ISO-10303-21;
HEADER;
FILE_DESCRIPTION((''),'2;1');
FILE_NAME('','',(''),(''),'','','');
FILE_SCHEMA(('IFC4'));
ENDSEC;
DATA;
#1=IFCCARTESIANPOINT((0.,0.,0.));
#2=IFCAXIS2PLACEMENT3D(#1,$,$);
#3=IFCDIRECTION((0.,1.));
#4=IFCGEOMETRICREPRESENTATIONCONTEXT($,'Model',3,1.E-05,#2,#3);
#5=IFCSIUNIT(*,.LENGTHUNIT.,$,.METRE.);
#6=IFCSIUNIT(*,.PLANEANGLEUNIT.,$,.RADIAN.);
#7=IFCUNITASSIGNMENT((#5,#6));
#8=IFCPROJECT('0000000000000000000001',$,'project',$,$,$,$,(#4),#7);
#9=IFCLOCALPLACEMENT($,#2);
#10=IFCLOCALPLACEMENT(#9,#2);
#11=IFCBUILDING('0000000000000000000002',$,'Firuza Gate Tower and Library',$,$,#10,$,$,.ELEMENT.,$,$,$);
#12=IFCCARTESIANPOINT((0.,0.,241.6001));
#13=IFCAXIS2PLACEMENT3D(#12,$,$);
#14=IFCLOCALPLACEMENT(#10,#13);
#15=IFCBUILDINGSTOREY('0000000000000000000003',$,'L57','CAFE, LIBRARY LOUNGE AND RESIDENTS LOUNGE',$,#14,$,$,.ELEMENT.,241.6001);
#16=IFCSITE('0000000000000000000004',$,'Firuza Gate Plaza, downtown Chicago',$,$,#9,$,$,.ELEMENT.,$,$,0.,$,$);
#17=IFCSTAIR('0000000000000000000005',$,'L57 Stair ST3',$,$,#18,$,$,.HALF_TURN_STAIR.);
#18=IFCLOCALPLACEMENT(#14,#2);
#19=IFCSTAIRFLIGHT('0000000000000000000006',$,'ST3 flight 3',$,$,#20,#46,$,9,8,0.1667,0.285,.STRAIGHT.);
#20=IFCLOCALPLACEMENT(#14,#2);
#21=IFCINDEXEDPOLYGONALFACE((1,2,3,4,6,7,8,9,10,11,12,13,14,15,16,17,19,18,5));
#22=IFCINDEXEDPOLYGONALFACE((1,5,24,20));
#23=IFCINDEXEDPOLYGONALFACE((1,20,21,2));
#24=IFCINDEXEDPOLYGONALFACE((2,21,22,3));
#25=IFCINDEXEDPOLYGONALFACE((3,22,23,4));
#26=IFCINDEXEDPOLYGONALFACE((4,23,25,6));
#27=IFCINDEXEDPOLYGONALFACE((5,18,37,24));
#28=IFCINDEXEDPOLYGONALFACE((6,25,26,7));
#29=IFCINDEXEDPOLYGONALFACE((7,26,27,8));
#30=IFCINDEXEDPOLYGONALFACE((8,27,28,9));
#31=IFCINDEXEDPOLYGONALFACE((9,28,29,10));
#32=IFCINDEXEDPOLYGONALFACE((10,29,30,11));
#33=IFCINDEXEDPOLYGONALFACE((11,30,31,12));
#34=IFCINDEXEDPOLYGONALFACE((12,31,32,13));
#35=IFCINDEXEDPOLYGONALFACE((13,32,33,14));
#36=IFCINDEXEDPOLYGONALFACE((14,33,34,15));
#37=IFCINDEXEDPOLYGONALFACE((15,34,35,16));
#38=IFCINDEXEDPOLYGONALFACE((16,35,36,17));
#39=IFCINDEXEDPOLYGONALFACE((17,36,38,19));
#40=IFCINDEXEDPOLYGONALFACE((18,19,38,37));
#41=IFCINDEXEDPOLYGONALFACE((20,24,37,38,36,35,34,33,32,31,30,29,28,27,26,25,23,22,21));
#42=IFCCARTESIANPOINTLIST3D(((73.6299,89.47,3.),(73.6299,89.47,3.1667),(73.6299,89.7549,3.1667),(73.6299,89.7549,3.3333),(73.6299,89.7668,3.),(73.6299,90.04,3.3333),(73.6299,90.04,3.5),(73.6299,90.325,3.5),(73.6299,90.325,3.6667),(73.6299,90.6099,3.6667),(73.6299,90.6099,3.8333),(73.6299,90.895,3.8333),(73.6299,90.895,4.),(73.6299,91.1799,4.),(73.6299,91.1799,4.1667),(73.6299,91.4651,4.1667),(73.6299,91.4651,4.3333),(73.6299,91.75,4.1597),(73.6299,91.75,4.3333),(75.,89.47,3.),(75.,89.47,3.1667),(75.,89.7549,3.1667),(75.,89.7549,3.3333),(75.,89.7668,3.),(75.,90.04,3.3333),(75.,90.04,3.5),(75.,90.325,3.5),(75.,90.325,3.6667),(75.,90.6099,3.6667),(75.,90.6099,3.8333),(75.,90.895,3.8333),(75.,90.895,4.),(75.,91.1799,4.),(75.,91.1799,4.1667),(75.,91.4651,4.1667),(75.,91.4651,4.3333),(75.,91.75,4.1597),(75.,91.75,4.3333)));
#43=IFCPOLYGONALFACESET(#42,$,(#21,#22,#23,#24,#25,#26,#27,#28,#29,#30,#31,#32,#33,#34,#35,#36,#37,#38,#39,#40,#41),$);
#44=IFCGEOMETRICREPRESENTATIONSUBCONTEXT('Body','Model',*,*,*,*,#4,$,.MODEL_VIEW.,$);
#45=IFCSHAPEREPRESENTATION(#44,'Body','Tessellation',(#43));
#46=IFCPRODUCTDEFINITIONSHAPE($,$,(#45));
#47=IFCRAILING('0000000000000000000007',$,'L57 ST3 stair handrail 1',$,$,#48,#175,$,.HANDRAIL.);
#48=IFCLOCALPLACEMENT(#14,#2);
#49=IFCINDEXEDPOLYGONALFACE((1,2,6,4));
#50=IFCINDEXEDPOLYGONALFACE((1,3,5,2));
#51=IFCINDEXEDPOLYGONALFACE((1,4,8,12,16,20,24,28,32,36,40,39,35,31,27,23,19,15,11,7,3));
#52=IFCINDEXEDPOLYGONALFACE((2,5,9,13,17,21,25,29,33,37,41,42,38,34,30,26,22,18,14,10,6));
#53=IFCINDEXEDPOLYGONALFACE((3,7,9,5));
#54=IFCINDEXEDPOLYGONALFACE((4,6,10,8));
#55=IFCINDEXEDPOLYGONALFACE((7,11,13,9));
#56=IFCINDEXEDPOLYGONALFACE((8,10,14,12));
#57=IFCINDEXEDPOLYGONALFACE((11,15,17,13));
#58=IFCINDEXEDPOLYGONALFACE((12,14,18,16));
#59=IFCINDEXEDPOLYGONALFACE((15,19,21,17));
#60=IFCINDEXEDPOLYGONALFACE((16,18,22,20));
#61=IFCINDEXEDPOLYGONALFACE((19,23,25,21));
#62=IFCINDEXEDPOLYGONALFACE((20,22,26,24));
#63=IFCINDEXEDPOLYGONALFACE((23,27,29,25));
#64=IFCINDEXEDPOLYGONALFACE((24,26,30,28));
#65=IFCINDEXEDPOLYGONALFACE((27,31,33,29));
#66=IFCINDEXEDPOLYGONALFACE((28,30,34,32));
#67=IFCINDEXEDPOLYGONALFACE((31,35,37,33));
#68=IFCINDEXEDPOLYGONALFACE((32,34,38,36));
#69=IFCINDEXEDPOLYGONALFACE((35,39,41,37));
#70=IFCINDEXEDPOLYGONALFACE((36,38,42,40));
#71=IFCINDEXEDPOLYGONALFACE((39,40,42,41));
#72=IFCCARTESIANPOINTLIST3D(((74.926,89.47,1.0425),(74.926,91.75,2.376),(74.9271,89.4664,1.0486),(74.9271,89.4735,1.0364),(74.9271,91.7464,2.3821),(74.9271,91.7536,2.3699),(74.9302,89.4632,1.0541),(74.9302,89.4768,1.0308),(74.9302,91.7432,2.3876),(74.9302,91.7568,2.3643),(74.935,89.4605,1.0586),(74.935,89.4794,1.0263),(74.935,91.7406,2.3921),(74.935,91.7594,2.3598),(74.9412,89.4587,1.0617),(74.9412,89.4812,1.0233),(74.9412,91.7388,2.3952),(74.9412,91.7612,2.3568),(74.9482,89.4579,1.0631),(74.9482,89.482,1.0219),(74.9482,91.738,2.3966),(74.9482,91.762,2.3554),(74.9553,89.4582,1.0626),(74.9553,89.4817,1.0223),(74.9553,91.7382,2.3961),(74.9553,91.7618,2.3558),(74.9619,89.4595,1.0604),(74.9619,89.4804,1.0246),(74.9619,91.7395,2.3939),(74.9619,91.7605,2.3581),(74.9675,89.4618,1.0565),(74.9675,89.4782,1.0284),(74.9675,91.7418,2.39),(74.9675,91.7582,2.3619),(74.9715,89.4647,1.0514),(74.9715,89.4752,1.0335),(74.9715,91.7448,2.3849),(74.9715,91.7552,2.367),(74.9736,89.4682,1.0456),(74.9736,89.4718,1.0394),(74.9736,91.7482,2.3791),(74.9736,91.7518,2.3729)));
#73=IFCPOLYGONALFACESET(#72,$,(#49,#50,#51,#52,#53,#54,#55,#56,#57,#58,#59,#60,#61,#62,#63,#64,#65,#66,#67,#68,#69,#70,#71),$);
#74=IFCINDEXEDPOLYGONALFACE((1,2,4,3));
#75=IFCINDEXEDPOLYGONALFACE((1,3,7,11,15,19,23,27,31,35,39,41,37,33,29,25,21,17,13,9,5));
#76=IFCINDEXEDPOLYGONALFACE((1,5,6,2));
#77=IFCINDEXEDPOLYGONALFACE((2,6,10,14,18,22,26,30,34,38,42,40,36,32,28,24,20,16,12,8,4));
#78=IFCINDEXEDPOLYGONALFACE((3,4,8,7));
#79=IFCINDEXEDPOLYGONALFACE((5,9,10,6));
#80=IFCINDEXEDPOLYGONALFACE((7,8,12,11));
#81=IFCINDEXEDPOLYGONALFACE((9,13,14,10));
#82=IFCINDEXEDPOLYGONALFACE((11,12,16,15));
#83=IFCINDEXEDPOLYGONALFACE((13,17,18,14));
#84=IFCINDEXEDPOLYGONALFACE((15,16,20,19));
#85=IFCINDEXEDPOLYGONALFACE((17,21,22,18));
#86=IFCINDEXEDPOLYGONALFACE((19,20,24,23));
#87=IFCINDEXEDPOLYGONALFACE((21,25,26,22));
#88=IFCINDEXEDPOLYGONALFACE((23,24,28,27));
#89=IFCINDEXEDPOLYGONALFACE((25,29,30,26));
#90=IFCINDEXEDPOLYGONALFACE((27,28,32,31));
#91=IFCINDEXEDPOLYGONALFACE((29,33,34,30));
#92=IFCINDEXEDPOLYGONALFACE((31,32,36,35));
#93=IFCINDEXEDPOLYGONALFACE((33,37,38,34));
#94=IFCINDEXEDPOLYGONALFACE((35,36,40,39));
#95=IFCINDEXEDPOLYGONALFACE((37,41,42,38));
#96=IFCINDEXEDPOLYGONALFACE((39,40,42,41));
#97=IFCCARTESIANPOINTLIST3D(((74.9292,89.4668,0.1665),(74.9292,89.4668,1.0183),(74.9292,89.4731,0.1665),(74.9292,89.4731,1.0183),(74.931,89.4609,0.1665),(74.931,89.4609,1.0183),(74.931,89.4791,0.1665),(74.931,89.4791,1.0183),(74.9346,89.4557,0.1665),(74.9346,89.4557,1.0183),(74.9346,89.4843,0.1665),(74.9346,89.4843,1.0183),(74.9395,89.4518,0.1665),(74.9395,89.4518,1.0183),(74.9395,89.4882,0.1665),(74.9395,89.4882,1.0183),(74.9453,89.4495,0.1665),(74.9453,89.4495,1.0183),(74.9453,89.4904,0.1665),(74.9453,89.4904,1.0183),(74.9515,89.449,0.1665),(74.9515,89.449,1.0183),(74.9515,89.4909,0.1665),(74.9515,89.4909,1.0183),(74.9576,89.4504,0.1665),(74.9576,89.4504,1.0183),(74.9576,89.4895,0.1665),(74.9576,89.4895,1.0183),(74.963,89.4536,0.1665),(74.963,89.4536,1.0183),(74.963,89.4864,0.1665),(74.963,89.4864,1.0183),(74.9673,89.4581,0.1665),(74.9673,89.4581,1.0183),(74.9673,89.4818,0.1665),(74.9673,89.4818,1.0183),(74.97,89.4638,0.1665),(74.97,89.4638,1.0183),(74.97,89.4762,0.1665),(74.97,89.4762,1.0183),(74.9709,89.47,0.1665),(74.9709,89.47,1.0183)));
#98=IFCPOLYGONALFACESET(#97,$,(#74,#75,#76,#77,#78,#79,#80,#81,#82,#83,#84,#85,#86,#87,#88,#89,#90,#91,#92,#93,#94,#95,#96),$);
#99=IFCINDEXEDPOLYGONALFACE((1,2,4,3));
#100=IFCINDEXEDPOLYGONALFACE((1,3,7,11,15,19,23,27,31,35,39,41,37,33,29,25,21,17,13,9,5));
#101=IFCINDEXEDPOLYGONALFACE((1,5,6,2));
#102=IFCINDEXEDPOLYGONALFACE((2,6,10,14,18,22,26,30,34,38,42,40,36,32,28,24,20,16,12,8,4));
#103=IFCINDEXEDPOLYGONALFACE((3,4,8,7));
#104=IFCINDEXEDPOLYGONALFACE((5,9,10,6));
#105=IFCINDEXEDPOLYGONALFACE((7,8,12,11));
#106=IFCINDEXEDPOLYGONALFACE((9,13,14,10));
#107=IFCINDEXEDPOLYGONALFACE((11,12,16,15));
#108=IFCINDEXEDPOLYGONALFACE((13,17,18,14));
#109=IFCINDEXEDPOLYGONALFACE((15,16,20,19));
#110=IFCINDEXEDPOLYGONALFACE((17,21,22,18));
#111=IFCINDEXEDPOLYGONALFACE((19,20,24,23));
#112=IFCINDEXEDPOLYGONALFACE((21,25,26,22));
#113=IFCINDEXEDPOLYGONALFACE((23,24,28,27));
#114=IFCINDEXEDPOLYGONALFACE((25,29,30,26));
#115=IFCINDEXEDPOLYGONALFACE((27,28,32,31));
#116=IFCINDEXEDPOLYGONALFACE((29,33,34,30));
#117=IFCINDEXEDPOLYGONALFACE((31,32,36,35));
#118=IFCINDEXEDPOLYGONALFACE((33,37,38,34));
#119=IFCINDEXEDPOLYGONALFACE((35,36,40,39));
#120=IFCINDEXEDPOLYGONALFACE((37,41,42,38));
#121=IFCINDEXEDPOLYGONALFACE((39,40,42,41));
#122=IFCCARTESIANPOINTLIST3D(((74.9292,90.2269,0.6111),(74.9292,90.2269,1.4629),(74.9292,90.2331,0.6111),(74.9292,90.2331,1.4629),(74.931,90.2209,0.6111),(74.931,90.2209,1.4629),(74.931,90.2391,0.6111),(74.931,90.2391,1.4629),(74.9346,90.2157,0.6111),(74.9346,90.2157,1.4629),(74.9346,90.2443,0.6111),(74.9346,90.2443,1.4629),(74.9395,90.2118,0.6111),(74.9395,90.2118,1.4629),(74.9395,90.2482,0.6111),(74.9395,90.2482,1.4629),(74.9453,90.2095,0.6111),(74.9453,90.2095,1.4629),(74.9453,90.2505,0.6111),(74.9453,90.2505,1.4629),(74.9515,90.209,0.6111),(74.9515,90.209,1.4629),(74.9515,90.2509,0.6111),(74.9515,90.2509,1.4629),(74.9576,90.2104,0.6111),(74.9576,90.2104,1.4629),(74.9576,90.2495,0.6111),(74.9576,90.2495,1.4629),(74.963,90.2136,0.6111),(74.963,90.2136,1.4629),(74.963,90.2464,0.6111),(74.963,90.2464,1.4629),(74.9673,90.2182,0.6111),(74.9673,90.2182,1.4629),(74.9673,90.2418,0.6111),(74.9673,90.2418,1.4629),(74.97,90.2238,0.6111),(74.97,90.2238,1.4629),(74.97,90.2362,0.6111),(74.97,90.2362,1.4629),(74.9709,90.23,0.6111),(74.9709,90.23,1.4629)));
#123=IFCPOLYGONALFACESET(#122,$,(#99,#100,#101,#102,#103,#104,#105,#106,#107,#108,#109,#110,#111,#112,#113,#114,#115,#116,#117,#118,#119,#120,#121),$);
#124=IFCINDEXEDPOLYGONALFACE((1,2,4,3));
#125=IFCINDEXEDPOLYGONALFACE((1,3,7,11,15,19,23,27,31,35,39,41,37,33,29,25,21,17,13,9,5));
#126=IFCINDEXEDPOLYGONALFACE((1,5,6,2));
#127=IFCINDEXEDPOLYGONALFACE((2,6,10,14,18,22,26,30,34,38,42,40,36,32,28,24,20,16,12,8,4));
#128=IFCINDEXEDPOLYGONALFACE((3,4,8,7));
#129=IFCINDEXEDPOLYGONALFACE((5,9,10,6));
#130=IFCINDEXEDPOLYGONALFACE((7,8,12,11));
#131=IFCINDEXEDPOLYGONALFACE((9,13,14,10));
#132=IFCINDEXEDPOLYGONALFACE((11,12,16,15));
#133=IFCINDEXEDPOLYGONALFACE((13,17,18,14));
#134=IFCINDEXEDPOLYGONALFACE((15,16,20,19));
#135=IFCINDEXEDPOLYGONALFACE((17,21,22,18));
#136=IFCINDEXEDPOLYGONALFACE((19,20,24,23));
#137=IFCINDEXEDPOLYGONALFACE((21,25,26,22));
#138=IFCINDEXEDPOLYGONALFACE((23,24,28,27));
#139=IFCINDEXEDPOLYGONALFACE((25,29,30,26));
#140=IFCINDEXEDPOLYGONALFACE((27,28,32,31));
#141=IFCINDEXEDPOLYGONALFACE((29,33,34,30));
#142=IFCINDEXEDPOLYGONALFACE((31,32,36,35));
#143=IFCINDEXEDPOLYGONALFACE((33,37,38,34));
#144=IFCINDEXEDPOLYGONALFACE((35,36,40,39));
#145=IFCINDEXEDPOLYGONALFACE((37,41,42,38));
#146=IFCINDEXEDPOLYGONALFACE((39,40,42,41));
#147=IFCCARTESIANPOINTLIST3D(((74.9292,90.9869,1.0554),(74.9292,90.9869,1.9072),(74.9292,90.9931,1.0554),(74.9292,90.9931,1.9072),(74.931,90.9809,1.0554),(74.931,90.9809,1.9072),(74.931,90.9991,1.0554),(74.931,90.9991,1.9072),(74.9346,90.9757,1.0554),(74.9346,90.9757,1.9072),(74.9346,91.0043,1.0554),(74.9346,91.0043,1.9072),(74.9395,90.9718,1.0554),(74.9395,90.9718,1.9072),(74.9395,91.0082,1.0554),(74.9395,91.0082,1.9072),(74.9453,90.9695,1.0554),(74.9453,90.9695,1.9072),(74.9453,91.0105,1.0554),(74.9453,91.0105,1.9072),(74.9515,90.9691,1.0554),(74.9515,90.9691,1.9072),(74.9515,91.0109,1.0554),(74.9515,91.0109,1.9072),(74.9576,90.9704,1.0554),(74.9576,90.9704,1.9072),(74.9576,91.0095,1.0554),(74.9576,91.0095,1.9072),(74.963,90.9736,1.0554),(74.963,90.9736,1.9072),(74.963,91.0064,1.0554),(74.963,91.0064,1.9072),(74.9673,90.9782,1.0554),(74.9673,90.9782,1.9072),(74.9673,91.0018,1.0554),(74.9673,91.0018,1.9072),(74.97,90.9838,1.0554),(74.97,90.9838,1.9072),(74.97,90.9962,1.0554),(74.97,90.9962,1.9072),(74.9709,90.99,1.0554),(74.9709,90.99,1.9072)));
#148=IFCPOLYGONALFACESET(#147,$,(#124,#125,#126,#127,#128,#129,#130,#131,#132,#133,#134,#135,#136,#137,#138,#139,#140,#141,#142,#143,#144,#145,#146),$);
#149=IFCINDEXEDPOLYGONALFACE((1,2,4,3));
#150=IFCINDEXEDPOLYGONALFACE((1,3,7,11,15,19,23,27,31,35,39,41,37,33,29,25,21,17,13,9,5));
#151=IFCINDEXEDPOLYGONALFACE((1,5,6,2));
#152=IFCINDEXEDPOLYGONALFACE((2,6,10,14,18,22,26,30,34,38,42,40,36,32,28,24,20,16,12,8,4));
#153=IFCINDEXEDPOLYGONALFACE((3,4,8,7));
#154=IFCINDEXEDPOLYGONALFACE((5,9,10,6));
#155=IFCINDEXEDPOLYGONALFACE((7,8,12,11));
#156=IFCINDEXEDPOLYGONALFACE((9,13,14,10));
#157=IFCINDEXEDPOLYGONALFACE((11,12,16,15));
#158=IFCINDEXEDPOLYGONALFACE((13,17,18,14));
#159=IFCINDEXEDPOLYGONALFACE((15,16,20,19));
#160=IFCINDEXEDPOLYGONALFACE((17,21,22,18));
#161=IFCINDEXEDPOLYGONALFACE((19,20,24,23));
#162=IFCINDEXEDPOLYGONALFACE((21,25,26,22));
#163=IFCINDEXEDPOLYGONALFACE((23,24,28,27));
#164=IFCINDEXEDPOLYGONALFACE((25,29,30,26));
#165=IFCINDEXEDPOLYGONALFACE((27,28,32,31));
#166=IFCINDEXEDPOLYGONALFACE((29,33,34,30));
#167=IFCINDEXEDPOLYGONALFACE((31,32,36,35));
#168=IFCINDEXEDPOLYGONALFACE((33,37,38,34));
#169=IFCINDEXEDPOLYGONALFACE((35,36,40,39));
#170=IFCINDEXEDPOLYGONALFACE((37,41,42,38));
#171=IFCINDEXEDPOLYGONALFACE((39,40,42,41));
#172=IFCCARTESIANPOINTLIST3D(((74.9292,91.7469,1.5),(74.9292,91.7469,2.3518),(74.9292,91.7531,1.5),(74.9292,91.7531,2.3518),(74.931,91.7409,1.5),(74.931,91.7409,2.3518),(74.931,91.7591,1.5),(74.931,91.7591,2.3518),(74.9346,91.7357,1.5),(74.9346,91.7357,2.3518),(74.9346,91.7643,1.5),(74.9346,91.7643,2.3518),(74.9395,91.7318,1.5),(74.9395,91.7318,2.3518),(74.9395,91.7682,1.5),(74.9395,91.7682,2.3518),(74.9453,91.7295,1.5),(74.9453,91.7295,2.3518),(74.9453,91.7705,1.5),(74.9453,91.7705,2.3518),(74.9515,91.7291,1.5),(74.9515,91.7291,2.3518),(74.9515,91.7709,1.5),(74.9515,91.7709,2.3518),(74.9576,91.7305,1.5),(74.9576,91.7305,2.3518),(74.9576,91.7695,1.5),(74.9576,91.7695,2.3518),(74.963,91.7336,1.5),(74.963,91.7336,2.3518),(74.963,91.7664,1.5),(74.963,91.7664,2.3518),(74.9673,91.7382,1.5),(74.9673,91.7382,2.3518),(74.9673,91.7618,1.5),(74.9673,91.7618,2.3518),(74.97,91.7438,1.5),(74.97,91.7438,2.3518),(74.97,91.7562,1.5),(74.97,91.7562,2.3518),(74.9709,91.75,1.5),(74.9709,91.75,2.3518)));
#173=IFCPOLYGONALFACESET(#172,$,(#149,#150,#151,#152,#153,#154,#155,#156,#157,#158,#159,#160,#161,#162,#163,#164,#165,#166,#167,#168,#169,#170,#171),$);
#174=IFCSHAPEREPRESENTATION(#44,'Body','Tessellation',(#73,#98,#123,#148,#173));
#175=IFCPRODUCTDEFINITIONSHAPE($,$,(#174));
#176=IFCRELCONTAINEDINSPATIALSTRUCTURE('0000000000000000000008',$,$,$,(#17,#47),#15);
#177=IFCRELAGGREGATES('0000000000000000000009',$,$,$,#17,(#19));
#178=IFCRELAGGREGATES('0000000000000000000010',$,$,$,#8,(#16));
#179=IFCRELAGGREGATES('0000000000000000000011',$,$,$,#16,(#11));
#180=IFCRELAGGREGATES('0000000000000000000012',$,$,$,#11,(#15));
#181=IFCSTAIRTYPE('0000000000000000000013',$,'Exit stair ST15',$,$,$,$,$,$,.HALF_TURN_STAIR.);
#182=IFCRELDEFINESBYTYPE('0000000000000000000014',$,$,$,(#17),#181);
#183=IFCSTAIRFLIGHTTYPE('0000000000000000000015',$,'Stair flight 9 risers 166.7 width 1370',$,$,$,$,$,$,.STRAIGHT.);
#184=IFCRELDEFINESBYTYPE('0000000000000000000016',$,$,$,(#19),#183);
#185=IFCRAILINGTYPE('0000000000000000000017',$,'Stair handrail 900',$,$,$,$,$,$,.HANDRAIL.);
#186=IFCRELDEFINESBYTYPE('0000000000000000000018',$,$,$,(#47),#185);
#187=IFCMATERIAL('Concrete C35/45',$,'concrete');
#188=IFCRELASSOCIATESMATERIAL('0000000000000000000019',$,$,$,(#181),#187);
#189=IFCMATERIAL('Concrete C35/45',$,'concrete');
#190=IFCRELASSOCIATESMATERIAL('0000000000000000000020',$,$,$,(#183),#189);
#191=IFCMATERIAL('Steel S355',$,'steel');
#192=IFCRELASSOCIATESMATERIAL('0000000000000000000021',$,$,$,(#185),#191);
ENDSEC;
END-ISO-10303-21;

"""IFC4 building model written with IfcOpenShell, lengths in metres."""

from ifc_helpers import new_model, si_unit, direction, frame, origin, origin_2d, place, context, subcontext, project, spatial, polyline, circle, outline, extrude, material, type_object, element, aggregate, save


model = new_model("IFC4")

# Units and contexts
model_context = context("Model", 3, precision=1e-05, world=origin(), true_north=direction((0.0, 1.0)))
body_context = subcontext(model_context, "Body", "Model", "MODEL_VIEW")
ifc_project = project(units=[si_unit("LENGTHUNIT", "METRE"), si_unit("PLANEANGLEUNIT", "RADIAN")], contexts=[model_context])

# Site, building, storey
site_placement = place(None, origin())
site = spatial("IfcSite", under=ifc_project, at=site_placement, Name="Firuza Gate Plaza, downtown Chicago", CompositionType="ELEMENT", RefElevation=0.0)
building_placement = place(site_placement, origin())
building = spatial("IfcBuilding", under=site, at=building_placement, Name="Firuza Gate Tower and Library", CompositionType="ELEMENT")
storey_placement = place(building_placement, frame((0.0, 0.0, 241.6001)))
storey = spatial("IfcBuildingStorey", under=building, at=storey_placement, Name="L57", Description="CAFE, LIBRARY LOUNGE AND RESIDENTS LOUNGE", CompositionType="ELEMENT", Elevation=241.6001)

# Shared definitions
placement = place(storey_placement, origin())

# Stair, stair flight
ifc_material_1 = material(Name="Concrete C35/45", Category="concrete")
stair_type = type_object("IfcStairType", Name="Exit stair ST15", PredefinedType="HALF_TURN_STAIR", material=ifc_material_1)
stair = element("IfcStair", 1, at=placement, inside=storey, type_object=stair_type, Name="L57 Stair ST3", PredefinedType="HALF_TURN_STAIR")
ifc_material_2 = material(Name="Concrete C35/45", Category="concrete")
stair_flight_type = type_object("IfcStairFlightType", Name="Stair flight 9 risers 166.7 width 1370", PredefinedType="STRAIGHT", material=ifc_material_2)
stair_flight_1_placement = place(storey_placement, frame((74.3149, 89.47, 3.0), z_axis=(0.0, 0.0, 1.0), x_axis=(0.0, 1.0, 0.0)))
stair_flight_1 = element("IfcStairFlight", 2, at=stair_flight_1_placement, type_object=stair_flight_type, Name="ST3 flight 3", NumberOfRisers=9, NumberOfTreads=8, PredefinedType="STRAIGHT", RiserHeight=0.1667, TreadLength=0.285, context=body_context, shape_type="SweptSolid", body=[
    extrude(outline(polyline([(0.0, 0.0), (0.0, 0.1667), (0.2849, 0.1667), (0.2849, 0.3333), (0.5701, 0.3333), (0.5701, 0.5), (0.855, 0.5), (0.855, 0.6667), (1.1399, 0.6667), (1.1399, 0.8333), (1.425, 0.8333), (1.425, 1.0), (1.71, 1.0), (1.71, 1.1667), (1.9951, 1.1667), (1.9951, 1.3333), (2.28, 1.3333), (2.28, 1.5), (2.28, 1.1597), (0.2969, 0.0), (0.0, 0.0)])), frame((0.0, 0.6851, 0.0), z_axis=(0.0, -1.0, 0.0), x_axis=(1.0, 0.0, 0.0)), (0.0, 0.0, 1.0), 1.3701),
])
aggregate(stair, [stair_flight_1])

# Railing
ifc_material_3 = material(Name="Steel S355", Category="steel")
railing_type = type_object("IfcRailingType", Name="Stair handrail 900", PredefinedType="HANDRAIL", material=ifc_material_3)
for number, where, name in (
    (3, (74.95, 89.47, 0.1665), "L57 ST3 stair handrail 1"),
):
    element("IfcRailing", number, at=place(storey_placement, frame(where)), inside=storey, type_object=railing_type, Name=name, PredefinedType="HANDRAIL", context=body_context, shape_type="SweptSolid", body=[
        extrude(circle(Radius=0.0239, at=origin_2d()), frame((0.0, 0.0, 0.876), z_axis=(0.0, 0.863205, 0.504853), x_axis=(-1.0, 0.0, 0.0)), (0.0, 0.0, 1.0), 2.6414),
        extrude(circle(Radius=0.021, at=origin_2d()), origin(), (0.0, 0.0, 1.0), 0.8518),
        extrude(circle(Radius=0.021, at=origin_2d()), frame((0.0, 0.76, 0.4446)), (0.0, 0.0, 1.0), 0.8518),
        extrude(circle(Radius=0.021, at=origin_2d()), frame((0.0, 1.52, 0.8889)), (0.0, 0.0, 1.0), 0.8518),
        extrude(circle(Radius=0.021, at=origin_2d()), frame((0.0, 2.28, 1.3335)), (0.0, 0.0, 1.0), 0.8518),
    ])

save(model, "model.ifc")
